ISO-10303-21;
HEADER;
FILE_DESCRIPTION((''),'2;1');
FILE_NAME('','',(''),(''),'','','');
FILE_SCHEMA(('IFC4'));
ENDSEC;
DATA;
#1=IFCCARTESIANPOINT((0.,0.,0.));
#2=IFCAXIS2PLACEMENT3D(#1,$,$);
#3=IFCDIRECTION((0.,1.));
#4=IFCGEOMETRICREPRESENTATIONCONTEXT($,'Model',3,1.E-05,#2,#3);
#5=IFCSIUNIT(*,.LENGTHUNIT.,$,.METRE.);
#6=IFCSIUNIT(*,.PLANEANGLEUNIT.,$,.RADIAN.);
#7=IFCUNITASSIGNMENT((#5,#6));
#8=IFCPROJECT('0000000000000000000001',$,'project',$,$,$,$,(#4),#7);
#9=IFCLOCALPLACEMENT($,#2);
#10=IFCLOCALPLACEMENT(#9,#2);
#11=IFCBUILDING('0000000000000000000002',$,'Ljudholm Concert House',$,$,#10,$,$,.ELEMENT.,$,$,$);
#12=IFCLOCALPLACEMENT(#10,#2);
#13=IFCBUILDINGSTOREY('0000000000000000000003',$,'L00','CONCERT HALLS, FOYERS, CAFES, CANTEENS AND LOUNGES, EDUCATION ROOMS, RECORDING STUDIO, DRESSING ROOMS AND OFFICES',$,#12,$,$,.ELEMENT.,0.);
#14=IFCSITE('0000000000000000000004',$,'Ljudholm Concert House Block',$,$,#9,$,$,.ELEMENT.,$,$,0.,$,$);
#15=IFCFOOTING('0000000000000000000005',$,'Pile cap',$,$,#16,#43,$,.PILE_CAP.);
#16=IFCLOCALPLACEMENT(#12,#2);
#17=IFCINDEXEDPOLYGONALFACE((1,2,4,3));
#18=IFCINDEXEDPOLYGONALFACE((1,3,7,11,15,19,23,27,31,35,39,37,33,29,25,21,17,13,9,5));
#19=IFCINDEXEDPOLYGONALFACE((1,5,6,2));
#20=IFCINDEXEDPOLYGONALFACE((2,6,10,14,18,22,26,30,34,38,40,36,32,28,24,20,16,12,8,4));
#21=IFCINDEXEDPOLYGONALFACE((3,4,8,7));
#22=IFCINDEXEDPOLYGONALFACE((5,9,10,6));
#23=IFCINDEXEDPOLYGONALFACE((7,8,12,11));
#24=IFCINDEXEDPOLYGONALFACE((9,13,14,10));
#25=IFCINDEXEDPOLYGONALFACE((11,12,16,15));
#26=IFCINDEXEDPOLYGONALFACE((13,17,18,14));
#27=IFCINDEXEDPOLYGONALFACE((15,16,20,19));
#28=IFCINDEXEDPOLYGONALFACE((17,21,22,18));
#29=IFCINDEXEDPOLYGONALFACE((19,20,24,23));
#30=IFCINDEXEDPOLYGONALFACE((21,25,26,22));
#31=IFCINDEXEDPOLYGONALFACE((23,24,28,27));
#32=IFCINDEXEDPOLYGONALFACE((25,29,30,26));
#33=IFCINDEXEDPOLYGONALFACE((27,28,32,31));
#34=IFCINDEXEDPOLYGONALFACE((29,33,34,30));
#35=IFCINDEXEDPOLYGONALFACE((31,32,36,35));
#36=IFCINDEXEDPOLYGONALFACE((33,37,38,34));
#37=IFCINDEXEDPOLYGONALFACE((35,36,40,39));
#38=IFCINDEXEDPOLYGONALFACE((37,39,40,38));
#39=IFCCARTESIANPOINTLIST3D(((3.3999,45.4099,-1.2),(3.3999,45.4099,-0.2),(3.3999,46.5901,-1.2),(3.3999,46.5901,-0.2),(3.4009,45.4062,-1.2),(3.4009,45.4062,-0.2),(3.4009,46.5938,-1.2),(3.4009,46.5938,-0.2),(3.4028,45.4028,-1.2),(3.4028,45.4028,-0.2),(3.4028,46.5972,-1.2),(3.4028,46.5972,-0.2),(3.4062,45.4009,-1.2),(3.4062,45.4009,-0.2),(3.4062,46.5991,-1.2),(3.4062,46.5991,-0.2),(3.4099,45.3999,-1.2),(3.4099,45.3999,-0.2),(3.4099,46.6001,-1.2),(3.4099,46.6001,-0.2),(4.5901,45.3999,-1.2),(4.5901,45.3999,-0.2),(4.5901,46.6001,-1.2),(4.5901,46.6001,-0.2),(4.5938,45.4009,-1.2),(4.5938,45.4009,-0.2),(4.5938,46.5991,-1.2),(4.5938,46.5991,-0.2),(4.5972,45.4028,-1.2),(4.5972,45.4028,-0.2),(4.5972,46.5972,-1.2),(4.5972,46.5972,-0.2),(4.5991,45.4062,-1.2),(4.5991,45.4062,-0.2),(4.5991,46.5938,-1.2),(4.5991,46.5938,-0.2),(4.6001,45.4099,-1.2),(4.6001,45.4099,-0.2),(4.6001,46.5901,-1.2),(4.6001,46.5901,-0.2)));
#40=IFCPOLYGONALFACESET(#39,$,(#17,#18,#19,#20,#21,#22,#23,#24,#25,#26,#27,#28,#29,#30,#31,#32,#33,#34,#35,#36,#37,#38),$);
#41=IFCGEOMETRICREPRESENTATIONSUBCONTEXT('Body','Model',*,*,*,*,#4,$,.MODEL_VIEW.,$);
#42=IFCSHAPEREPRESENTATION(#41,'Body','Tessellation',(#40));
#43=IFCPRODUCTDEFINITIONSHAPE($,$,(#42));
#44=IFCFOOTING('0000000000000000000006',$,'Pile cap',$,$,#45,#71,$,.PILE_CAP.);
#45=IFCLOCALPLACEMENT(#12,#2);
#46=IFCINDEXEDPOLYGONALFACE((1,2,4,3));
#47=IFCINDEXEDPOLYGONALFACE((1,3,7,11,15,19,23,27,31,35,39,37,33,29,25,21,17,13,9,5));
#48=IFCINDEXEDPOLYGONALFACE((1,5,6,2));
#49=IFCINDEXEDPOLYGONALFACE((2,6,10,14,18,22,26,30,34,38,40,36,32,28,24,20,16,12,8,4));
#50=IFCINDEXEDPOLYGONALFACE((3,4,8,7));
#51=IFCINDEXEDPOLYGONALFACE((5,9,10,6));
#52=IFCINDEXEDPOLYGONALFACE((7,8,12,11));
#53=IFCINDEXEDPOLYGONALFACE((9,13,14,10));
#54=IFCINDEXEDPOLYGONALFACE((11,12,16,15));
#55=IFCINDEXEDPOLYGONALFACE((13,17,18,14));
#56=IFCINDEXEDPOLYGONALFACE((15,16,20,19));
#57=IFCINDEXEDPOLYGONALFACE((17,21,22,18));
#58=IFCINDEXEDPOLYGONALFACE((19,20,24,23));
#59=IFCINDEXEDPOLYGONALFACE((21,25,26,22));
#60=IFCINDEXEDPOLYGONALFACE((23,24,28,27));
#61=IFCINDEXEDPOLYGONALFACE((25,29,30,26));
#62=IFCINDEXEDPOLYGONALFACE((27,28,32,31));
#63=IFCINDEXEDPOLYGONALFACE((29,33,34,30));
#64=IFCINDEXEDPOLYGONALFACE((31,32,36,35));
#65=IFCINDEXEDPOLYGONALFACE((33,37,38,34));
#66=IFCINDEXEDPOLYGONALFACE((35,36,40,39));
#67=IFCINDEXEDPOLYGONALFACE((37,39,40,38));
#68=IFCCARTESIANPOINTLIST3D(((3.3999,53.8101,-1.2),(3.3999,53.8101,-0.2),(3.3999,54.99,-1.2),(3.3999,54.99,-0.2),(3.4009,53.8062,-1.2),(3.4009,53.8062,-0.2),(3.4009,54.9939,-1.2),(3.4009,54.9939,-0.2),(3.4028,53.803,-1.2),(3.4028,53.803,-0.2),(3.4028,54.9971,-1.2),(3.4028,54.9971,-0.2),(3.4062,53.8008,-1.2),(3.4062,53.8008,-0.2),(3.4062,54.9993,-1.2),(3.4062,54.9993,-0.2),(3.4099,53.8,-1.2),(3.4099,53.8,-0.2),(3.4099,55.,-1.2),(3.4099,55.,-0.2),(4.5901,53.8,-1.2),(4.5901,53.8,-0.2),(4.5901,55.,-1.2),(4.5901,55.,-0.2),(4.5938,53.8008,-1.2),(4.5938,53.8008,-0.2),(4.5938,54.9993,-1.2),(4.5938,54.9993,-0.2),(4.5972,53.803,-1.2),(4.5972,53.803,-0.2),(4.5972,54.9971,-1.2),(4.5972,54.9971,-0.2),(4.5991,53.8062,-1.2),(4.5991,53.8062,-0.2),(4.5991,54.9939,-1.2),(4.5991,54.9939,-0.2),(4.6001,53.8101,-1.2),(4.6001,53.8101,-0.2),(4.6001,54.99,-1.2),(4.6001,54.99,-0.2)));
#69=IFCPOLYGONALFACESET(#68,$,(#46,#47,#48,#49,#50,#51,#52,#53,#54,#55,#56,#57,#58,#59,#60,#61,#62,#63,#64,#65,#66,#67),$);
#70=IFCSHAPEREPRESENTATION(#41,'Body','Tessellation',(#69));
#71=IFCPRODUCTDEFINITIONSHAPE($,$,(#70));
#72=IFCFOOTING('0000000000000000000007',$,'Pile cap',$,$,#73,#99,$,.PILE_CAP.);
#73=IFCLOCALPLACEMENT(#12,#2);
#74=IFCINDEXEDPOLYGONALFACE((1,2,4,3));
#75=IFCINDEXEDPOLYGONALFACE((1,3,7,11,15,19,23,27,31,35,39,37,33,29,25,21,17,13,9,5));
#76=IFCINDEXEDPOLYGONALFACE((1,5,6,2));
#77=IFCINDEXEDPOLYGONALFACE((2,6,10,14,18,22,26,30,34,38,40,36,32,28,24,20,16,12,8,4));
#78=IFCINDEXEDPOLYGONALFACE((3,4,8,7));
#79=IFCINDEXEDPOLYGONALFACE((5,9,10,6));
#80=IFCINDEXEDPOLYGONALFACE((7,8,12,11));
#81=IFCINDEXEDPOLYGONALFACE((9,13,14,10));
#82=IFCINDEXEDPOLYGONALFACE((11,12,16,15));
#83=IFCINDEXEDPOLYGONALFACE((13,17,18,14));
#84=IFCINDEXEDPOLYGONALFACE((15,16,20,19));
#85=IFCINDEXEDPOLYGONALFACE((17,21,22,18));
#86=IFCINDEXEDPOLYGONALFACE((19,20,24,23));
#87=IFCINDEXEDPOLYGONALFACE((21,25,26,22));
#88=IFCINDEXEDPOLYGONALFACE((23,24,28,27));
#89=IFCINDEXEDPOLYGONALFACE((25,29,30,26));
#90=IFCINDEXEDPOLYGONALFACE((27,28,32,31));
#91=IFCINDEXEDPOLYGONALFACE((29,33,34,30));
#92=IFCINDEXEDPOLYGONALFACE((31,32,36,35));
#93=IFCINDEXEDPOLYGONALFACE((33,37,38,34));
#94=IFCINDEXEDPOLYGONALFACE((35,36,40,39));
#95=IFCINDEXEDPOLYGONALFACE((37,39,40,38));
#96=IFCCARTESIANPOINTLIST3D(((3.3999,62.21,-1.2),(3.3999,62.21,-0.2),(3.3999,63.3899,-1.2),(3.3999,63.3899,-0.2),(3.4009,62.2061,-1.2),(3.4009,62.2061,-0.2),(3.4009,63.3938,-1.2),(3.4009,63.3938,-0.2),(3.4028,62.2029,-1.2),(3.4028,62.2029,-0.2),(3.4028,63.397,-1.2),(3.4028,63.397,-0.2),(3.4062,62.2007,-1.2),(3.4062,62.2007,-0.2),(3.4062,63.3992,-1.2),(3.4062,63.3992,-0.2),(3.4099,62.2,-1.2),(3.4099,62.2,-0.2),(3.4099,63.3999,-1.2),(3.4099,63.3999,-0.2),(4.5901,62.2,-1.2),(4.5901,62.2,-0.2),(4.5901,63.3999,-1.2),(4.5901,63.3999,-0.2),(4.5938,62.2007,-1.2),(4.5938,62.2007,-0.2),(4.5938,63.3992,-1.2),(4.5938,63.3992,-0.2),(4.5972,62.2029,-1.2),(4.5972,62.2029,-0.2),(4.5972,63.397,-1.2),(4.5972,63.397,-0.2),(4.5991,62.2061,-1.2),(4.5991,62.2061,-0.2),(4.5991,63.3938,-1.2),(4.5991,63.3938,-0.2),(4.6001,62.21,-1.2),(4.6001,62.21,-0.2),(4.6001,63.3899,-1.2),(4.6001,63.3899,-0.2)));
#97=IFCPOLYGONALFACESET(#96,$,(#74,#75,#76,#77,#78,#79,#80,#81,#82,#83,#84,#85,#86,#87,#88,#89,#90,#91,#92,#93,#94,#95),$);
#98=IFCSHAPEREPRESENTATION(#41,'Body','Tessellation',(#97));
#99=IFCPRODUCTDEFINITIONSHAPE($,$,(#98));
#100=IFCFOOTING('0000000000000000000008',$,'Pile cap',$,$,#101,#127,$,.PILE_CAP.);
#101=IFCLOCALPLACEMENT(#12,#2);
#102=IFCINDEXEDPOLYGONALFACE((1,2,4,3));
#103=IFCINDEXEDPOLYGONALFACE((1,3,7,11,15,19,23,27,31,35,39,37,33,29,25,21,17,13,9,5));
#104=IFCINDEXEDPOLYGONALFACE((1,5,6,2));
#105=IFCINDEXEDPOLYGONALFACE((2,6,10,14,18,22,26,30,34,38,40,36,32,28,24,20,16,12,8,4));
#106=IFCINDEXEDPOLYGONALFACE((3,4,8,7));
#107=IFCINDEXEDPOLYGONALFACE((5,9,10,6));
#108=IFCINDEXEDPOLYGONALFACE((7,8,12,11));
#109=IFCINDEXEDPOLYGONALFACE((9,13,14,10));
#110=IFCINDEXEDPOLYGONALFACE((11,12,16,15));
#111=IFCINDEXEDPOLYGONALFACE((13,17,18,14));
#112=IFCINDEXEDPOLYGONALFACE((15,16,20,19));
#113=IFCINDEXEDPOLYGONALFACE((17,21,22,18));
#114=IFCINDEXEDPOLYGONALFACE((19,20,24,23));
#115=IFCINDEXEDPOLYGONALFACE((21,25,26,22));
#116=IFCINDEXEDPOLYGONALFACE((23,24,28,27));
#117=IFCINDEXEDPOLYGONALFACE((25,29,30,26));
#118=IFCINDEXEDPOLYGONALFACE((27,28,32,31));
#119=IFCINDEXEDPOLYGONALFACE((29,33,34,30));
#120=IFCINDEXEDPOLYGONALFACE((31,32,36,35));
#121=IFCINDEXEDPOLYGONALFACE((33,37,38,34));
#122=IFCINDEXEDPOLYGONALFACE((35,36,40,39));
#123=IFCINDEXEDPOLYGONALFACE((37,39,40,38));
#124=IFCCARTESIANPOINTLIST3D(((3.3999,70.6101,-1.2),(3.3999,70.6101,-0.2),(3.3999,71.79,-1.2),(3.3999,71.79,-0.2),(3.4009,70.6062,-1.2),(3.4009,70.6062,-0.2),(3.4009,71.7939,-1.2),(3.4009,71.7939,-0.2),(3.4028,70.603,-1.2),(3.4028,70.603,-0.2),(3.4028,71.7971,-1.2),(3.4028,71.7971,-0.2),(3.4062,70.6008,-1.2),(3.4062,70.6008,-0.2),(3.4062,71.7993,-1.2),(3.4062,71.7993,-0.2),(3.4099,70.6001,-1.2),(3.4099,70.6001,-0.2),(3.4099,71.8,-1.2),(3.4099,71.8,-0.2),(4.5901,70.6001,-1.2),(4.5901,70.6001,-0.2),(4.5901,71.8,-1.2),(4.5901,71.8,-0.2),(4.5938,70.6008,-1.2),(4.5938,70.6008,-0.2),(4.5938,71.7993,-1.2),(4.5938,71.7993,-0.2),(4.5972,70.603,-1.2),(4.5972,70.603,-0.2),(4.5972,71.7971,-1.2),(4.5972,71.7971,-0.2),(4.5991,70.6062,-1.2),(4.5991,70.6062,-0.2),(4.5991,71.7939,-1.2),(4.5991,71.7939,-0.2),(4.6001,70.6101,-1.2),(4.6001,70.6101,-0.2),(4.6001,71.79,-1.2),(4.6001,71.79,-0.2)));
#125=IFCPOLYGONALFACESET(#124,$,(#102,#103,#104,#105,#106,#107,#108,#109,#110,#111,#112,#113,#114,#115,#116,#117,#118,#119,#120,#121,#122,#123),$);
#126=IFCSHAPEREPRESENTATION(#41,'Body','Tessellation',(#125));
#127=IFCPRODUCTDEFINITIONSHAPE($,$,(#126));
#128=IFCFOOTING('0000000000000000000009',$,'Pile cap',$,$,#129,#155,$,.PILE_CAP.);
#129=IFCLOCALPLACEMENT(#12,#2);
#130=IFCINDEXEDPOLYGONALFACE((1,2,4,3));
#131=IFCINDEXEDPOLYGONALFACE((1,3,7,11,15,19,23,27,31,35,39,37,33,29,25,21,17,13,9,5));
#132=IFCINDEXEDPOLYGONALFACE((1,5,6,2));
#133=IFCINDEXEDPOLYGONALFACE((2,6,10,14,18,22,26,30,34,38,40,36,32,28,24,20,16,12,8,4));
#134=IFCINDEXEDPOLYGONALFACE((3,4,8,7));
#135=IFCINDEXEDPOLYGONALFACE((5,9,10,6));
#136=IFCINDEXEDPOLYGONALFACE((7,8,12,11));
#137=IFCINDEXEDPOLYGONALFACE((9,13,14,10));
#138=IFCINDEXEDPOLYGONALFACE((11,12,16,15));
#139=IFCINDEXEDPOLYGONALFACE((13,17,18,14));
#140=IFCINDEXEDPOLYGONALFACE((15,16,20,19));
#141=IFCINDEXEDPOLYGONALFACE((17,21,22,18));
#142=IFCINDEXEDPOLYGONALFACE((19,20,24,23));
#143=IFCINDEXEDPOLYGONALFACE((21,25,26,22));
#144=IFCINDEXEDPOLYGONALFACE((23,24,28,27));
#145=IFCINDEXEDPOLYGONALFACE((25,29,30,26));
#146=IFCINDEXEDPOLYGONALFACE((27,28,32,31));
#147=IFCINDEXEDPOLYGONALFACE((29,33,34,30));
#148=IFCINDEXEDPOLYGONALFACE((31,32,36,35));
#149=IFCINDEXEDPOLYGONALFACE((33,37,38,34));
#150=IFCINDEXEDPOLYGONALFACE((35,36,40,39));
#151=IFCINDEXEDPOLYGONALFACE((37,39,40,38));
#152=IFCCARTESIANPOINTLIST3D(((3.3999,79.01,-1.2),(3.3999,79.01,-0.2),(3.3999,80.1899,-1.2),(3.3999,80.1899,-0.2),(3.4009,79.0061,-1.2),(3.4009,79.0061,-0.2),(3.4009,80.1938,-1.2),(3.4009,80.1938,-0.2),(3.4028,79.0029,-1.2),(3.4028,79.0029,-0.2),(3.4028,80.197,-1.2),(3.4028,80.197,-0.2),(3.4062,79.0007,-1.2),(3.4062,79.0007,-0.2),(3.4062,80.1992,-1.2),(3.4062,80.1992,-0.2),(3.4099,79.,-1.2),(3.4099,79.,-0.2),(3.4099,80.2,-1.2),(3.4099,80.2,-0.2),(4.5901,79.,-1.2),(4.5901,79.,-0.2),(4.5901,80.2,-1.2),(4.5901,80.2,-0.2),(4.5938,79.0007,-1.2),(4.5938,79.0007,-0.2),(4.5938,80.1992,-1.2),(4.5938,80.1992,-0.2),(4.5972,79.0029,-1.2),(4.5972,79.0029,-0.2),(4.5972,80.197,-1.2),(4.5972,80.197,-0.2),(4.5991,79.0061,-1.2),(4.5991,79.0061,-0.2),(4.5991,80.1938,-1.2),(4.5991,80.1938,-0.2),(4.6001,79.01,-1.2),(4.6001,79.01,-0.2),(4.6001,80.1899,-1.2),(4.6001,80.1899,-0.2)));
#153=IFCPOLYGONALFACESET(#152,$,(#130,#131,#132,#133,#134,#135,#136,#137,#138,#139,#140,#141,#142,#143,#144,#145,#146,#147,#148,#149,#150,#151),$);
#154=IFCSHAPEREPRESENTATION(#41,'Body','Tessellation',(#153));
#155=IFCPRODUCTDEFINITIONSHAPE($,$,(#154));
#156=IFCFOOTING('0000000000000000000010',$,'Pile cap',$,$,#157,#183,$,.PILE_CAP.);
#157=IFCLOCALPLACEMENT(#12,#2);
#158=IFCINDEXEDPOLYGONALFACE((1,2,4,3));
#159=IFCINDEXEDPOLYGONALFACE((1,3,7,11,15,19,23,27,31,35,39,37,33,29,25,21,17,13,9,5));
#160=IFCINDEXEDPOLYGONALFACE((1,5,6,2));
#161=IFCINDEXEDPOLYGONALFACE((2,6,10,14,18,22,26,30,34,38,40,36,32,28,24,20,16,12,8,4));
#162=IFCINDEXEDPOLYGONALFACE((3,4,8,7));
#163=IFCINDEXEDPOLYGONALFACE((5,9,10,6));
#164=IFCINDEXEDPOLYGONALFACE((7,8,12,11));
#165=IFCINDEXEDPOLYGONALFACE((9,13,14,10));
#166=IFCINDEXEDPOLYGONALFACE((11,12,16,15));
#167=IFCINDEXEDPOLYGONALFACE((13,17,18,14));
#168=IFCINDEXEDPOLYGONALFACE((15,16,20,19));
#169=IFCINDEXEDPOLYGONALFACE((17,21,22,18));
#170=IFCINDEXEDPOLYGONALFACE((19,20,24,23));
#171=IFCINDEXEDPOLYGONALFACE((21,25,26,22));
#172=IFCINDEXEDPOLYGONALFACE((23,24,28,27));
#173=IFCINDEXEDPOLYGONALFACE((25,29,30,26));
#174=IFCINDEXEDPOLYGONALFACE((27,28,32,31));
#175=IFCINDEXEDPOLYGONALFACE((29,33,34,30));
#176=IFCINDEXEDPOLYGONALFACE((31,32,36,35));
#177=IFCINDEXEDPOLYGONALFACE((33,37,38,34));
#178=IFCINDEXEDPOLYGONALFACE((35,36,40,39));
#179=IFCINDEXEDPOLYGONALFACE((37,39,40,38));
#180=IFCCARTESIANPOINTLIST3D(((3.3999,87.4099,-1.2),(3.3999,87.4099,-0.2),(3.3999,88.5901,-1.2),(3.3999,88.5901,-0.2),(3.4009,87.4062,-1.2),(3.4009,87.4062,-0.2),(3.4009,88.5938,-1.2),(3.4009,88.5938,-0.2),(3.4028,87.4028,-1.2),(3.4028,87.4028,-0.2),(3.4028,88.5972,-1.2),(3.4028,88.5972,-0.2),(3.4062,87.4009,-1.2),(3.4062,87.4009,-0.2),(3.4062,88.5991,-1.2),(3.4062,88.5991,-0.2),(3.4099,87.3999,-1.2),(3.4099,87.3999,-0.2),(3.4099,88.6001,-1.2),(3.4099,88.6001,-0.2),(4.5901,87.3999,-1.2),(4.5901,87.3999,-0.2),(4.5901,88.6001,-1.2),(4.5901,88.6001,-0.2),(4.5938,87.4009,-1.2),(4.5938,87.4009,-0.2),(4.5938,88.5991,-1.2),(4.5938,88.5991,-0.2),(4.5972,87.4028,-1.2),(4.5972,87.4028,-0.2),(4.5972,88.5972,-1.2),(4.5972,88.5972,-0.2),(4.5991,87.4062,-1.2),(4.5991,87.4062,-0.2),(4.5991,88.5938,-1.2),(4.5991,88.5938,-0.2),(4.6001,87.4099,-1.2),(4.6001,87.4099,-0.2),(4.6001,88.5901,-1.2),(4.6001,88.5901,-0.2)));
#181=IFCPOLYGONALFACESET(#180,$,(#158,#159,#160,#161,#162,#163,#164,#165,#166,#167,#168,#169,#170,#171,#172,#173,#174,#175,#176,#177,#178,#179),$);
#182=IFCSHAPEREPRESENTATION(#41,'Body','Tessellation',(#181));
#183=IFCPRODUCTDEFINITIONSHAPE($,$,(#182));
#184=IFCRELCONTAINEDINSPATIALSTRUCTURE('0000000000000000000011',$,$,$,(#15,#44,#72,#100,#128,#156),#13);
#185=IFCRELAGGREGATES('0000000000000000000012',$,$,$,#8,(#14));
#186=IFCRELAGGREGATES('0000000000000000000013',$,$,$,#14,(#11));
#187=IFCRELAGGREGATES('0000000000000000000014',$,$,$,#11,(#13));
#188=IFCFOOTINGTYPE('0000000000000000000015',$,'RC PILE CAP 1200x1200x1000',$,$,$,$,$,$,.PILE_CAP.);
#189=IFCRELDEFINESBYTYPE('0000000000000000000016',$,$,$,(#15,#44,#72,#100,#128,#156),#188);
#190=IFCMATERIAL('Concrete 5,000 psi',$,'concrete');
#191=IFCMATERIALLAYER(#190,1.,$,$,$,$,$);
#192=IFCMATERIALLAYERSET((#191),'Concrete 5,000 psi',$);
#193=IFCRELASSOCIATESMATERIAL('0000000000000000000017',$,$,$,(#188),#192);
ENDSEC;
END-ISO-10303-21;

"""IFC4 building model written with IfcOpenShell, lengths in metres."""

from ifc_helpers import new_model, si_unit, direction, frame, origin, place, context, subcontext, project, spatial, polyline, outline, extrude, material, layer, layer_set, type_object, element, save


model = new_model("IFC4")

# Units and contexts
model_context = context("Model", 3, precision=1e-05, world=origin(), true_north=direction((0.0, 1.0)))
body_context = subcontext(model_context, "Body", "Model", "MODEL_VIEW")
ifc_project = project(units=[si_unit("LENGTHUNIT", "METRE"), si_unit("PLANEANGLEUNIT", "RADIAN")], contexts=[model_context])

# Site, building, storey
site_placement = place(None, origin())
site = spatial("IfcSite", under=ifc_project, at=site_placement, Name="Ljudholm Concert House Block", CompositionType="ELEMENT", RefElevation=0.0)
building_placement = place(site_placement, origin())
building = spatial("IfcBuilding", under=site, at=building_placement, Name="Ljudholm Concert House", CompositionType="ELEMENT")
storey_placement = place(building_placement, origin())
storey = spatial("IfcBuildingStorey", under=building, at=storey_placement, Name="L00", Description="CONCERT HALLS, FOYERS, CAFES, CANTEENS AND LOUNGES, EDUCATION ROOMS, RECORDING STUDIO, DRESSING ROOMS AND OFFICES", CompositionType="ELEMENT", Elevation=0.0)

# Footings
ifc_material_1 = material(Name="Concrete 5,000 psi", Category="concrete")
ifc_layer_1 = layer(ifc_material_1, 1.0)
ifc_layer_set_1 = layer_set([ifc_layer_1], Name="Concrete 5,000 psi")
footing_type_1 = type_object("IfcFootingType", Name="RC PILE CAP 1200x1200x1000", PredefinedType="PILE_CAP", material=ifc_layer_set_1)
footing_1_placement = place(storey_placement, frame((0.0, 0.0, -1.2)))
element("IfcFooting", 1, at=footing_1_placement, inside=storey, type_object=footing_type_1, Name="Pile cap", PredefinedType="PILE_CAP", context=body_context, shape_type="SweptSolid", body=[
    extrude(outline(polyline([(3.4099, 45.3999), (4.5901, 45.3999), (4.5938, 45.4009), (4.5972, 45.4028), (4.5991, 45.4062), (4.6001, 45.4099), (4.6001, 46.5901), (4.5991, 46.5938), (4.5972, 46.5972), (4.5938, 46.5991), (4.5901, 46.6001), (3.4099, 46.6001), (3.4062, 46.5991), (3.4028, 46.5972), (3.4009, 46.5938), (3.3999, 46.5901), (3.3999, 45.4099), (3.4009, 45.4062), (3.4028, 45.4028), (3.4062, 45.4009), (3.4099, 45.3999)])), origin(), (0.0, 0.0, 1.0), 1.0),
])
footing_2_placement = place(storey_placement, frame((0.0, 0.0, -1.2)))
element("IfcFooting", 2, at=footing_2_placement, inside=storey, type_object=footing_type_1, Name="Pile cap", PredefinedType="PILE_CAP", context=body_context, shape_type="SweptSolid", body=[
    extrude(outline(polyline([(3.4099, 53.8), (4.5901, 53.8), (4.5938, 53.8008), (4.5972, 53.803), (4.5991, 53.8062), (4.6001, 53.8101), (4.6001, 54.99), (4.5991, 54.9939), (4.5972, 54.9971), (4.5938, 54.9993), (4.5901, 55.0), (3.4099, 55.0), (3.4062, 54.9993), (3.4028, 54.9971), (3.4009, 54.9939), (3.3999, 54.99), (3.3999, 53.8101), (3.4009, 53.8062), (3.4028, 53.803), (3.4062, 53.8008), (3.4099, 53.8)])), origin(), (0.0, 0.0, 1.0), 1.0),
])
footing_3_placement = place(storey_placement, frame((0.0, 0.0, -1.2)))
element("IfcFooting", 3, at=footing_3_placement, inside=storey, type_object=footing_type_1, Name="Pile cap", PredefinedType="PILE_CAP", context=body_context, shape_type="SweptSolid", body=[
    extrude(outline(polyline([(3.4099, 62.2), (4.5901, 62.2), (4.5938, 62.2007), (4.5972, 62.2029), (4.5991, 62.2061), (4.6001, 62.21), (4.6001, 63.3899), (4.5991, 63.3938), (4.5972, 63.397), (4.5938, 63.3992), (4.5901, 63.3999), (3.4099, 63.3999), (3.4062, 63.3992), (3.4028, 63.397), (3.4009, 63.3938), (3.3999, 63.3899), (3.3999, 62.21), (3.4009, 62.2061), (3.4028, 62.2029), (3.4062, 62.2007), (3.4099, 62.2)])), origin(), (0.0, 0.0, 1.0), 1.0),
])
footing_4_placement = place(storey_placement, frame((0.0, 0.0, -1.2)))
element("IfcFooting", 4, at=footing_4_placement, inside=storey, type_object=footing_type_1, Name="Pile cap", PredefinedType="PILE_CAP", context=body_context, shape_type="SweptSolid", body=[
    extrude(outline(polyline([(3.3999, 71.79), (3.3999, 70.6101), (3.4009, 70.6062), (3.4028, 70.603), (3.4062, 70.6008), (3.4099, 70.6001), (4.5901, 70.6001), (4.5938, 70.6008), (4.5972, 70.603), (4.5991, 70.6062), (4.6001, 70.6101), (4.6001, 71.79), (4.5991, 71.7939), (4.5972, 71.7971), (4.5938, 71.7993), (4.5901, 71.8), (3.4099, 71.8), (3.4062, 71.7993), (3.4028, 71.7971), (3.4009, 71.7939), (3.3999, 71.79)])), origin(), (0.0, 0.0, 1.0), 1.0),
])
footing_5_placement = place(storey_placement, frame((0.0, 0.0, -1.2)))
element("IfcFooting", 5, at=footing_5_placement, inside=storey, type_object=footing_type_1, Name="Pile cap", PredefinedType="PILE_CAP", context=body_context, shape_type="SweptSolid", body=[
    extrude(outline(polyline([(3.4099, 79.0), (4.5901, 79.0), (4.5938, 79.0007), (4.5972, 79.0029), (4.5991, 79.0061), (4.6001, 79.01), (4.6001, 80.1899), (4.5991, 80.1938), (4.5972, 80.197), (4.5938, 80.1992), (4.5901, 80.2), (3.4099, 80.2), (3.4062, 80.1992), (3.4028, 80.197), (3.4009, 80.1938), (3.3999, 80.1899), (3.3999, 79.01), (3.4009, 79.0061), (3.4028, 79.0029), (3.4062, 79.0007), (3.4099, 79.0)])), origin(), (0.0, 0.0, 1.0), 1.0),
])
footing_6_placement = place(storey_placement, frame((0.0, 0.0, -1.2)))
element("IfcFooting", 6, at=footing_6_placement, inside=storey, type_object=footing_type_1, Name="Pile cap", PredefinedType="PILE_CAP", context=body_context, shape_type="SweptSolid", body=[
    extrude(outline(polyline([(3.4099, 87.3999), (4.5901, 87.3999), (4.5938, 87.4009), (4.5972, 87.4028), (4.5991, 87.4062), (4.6001, 87.4099), (4.6001, 88.5901), (4.5991, 88.5938), (4.5972, 88.5972), (4.5938, 88.5991), (4.5901, 88.6001), (3.4099, 88.6001), (3.4062, 88.5991), (3.4028, 88.5972), (3.4009, 88.5938), (3.3999, 88.5901), (3.3999, 87.4099), (3.4009, 87.4062), (3.4028, 87.4028), (3.4062, 87.4009), (3.4099, 87.3999)])), origin(), (0.0, 0.0, 1.0), 1.0),
])

save(model, "model.ifc")
